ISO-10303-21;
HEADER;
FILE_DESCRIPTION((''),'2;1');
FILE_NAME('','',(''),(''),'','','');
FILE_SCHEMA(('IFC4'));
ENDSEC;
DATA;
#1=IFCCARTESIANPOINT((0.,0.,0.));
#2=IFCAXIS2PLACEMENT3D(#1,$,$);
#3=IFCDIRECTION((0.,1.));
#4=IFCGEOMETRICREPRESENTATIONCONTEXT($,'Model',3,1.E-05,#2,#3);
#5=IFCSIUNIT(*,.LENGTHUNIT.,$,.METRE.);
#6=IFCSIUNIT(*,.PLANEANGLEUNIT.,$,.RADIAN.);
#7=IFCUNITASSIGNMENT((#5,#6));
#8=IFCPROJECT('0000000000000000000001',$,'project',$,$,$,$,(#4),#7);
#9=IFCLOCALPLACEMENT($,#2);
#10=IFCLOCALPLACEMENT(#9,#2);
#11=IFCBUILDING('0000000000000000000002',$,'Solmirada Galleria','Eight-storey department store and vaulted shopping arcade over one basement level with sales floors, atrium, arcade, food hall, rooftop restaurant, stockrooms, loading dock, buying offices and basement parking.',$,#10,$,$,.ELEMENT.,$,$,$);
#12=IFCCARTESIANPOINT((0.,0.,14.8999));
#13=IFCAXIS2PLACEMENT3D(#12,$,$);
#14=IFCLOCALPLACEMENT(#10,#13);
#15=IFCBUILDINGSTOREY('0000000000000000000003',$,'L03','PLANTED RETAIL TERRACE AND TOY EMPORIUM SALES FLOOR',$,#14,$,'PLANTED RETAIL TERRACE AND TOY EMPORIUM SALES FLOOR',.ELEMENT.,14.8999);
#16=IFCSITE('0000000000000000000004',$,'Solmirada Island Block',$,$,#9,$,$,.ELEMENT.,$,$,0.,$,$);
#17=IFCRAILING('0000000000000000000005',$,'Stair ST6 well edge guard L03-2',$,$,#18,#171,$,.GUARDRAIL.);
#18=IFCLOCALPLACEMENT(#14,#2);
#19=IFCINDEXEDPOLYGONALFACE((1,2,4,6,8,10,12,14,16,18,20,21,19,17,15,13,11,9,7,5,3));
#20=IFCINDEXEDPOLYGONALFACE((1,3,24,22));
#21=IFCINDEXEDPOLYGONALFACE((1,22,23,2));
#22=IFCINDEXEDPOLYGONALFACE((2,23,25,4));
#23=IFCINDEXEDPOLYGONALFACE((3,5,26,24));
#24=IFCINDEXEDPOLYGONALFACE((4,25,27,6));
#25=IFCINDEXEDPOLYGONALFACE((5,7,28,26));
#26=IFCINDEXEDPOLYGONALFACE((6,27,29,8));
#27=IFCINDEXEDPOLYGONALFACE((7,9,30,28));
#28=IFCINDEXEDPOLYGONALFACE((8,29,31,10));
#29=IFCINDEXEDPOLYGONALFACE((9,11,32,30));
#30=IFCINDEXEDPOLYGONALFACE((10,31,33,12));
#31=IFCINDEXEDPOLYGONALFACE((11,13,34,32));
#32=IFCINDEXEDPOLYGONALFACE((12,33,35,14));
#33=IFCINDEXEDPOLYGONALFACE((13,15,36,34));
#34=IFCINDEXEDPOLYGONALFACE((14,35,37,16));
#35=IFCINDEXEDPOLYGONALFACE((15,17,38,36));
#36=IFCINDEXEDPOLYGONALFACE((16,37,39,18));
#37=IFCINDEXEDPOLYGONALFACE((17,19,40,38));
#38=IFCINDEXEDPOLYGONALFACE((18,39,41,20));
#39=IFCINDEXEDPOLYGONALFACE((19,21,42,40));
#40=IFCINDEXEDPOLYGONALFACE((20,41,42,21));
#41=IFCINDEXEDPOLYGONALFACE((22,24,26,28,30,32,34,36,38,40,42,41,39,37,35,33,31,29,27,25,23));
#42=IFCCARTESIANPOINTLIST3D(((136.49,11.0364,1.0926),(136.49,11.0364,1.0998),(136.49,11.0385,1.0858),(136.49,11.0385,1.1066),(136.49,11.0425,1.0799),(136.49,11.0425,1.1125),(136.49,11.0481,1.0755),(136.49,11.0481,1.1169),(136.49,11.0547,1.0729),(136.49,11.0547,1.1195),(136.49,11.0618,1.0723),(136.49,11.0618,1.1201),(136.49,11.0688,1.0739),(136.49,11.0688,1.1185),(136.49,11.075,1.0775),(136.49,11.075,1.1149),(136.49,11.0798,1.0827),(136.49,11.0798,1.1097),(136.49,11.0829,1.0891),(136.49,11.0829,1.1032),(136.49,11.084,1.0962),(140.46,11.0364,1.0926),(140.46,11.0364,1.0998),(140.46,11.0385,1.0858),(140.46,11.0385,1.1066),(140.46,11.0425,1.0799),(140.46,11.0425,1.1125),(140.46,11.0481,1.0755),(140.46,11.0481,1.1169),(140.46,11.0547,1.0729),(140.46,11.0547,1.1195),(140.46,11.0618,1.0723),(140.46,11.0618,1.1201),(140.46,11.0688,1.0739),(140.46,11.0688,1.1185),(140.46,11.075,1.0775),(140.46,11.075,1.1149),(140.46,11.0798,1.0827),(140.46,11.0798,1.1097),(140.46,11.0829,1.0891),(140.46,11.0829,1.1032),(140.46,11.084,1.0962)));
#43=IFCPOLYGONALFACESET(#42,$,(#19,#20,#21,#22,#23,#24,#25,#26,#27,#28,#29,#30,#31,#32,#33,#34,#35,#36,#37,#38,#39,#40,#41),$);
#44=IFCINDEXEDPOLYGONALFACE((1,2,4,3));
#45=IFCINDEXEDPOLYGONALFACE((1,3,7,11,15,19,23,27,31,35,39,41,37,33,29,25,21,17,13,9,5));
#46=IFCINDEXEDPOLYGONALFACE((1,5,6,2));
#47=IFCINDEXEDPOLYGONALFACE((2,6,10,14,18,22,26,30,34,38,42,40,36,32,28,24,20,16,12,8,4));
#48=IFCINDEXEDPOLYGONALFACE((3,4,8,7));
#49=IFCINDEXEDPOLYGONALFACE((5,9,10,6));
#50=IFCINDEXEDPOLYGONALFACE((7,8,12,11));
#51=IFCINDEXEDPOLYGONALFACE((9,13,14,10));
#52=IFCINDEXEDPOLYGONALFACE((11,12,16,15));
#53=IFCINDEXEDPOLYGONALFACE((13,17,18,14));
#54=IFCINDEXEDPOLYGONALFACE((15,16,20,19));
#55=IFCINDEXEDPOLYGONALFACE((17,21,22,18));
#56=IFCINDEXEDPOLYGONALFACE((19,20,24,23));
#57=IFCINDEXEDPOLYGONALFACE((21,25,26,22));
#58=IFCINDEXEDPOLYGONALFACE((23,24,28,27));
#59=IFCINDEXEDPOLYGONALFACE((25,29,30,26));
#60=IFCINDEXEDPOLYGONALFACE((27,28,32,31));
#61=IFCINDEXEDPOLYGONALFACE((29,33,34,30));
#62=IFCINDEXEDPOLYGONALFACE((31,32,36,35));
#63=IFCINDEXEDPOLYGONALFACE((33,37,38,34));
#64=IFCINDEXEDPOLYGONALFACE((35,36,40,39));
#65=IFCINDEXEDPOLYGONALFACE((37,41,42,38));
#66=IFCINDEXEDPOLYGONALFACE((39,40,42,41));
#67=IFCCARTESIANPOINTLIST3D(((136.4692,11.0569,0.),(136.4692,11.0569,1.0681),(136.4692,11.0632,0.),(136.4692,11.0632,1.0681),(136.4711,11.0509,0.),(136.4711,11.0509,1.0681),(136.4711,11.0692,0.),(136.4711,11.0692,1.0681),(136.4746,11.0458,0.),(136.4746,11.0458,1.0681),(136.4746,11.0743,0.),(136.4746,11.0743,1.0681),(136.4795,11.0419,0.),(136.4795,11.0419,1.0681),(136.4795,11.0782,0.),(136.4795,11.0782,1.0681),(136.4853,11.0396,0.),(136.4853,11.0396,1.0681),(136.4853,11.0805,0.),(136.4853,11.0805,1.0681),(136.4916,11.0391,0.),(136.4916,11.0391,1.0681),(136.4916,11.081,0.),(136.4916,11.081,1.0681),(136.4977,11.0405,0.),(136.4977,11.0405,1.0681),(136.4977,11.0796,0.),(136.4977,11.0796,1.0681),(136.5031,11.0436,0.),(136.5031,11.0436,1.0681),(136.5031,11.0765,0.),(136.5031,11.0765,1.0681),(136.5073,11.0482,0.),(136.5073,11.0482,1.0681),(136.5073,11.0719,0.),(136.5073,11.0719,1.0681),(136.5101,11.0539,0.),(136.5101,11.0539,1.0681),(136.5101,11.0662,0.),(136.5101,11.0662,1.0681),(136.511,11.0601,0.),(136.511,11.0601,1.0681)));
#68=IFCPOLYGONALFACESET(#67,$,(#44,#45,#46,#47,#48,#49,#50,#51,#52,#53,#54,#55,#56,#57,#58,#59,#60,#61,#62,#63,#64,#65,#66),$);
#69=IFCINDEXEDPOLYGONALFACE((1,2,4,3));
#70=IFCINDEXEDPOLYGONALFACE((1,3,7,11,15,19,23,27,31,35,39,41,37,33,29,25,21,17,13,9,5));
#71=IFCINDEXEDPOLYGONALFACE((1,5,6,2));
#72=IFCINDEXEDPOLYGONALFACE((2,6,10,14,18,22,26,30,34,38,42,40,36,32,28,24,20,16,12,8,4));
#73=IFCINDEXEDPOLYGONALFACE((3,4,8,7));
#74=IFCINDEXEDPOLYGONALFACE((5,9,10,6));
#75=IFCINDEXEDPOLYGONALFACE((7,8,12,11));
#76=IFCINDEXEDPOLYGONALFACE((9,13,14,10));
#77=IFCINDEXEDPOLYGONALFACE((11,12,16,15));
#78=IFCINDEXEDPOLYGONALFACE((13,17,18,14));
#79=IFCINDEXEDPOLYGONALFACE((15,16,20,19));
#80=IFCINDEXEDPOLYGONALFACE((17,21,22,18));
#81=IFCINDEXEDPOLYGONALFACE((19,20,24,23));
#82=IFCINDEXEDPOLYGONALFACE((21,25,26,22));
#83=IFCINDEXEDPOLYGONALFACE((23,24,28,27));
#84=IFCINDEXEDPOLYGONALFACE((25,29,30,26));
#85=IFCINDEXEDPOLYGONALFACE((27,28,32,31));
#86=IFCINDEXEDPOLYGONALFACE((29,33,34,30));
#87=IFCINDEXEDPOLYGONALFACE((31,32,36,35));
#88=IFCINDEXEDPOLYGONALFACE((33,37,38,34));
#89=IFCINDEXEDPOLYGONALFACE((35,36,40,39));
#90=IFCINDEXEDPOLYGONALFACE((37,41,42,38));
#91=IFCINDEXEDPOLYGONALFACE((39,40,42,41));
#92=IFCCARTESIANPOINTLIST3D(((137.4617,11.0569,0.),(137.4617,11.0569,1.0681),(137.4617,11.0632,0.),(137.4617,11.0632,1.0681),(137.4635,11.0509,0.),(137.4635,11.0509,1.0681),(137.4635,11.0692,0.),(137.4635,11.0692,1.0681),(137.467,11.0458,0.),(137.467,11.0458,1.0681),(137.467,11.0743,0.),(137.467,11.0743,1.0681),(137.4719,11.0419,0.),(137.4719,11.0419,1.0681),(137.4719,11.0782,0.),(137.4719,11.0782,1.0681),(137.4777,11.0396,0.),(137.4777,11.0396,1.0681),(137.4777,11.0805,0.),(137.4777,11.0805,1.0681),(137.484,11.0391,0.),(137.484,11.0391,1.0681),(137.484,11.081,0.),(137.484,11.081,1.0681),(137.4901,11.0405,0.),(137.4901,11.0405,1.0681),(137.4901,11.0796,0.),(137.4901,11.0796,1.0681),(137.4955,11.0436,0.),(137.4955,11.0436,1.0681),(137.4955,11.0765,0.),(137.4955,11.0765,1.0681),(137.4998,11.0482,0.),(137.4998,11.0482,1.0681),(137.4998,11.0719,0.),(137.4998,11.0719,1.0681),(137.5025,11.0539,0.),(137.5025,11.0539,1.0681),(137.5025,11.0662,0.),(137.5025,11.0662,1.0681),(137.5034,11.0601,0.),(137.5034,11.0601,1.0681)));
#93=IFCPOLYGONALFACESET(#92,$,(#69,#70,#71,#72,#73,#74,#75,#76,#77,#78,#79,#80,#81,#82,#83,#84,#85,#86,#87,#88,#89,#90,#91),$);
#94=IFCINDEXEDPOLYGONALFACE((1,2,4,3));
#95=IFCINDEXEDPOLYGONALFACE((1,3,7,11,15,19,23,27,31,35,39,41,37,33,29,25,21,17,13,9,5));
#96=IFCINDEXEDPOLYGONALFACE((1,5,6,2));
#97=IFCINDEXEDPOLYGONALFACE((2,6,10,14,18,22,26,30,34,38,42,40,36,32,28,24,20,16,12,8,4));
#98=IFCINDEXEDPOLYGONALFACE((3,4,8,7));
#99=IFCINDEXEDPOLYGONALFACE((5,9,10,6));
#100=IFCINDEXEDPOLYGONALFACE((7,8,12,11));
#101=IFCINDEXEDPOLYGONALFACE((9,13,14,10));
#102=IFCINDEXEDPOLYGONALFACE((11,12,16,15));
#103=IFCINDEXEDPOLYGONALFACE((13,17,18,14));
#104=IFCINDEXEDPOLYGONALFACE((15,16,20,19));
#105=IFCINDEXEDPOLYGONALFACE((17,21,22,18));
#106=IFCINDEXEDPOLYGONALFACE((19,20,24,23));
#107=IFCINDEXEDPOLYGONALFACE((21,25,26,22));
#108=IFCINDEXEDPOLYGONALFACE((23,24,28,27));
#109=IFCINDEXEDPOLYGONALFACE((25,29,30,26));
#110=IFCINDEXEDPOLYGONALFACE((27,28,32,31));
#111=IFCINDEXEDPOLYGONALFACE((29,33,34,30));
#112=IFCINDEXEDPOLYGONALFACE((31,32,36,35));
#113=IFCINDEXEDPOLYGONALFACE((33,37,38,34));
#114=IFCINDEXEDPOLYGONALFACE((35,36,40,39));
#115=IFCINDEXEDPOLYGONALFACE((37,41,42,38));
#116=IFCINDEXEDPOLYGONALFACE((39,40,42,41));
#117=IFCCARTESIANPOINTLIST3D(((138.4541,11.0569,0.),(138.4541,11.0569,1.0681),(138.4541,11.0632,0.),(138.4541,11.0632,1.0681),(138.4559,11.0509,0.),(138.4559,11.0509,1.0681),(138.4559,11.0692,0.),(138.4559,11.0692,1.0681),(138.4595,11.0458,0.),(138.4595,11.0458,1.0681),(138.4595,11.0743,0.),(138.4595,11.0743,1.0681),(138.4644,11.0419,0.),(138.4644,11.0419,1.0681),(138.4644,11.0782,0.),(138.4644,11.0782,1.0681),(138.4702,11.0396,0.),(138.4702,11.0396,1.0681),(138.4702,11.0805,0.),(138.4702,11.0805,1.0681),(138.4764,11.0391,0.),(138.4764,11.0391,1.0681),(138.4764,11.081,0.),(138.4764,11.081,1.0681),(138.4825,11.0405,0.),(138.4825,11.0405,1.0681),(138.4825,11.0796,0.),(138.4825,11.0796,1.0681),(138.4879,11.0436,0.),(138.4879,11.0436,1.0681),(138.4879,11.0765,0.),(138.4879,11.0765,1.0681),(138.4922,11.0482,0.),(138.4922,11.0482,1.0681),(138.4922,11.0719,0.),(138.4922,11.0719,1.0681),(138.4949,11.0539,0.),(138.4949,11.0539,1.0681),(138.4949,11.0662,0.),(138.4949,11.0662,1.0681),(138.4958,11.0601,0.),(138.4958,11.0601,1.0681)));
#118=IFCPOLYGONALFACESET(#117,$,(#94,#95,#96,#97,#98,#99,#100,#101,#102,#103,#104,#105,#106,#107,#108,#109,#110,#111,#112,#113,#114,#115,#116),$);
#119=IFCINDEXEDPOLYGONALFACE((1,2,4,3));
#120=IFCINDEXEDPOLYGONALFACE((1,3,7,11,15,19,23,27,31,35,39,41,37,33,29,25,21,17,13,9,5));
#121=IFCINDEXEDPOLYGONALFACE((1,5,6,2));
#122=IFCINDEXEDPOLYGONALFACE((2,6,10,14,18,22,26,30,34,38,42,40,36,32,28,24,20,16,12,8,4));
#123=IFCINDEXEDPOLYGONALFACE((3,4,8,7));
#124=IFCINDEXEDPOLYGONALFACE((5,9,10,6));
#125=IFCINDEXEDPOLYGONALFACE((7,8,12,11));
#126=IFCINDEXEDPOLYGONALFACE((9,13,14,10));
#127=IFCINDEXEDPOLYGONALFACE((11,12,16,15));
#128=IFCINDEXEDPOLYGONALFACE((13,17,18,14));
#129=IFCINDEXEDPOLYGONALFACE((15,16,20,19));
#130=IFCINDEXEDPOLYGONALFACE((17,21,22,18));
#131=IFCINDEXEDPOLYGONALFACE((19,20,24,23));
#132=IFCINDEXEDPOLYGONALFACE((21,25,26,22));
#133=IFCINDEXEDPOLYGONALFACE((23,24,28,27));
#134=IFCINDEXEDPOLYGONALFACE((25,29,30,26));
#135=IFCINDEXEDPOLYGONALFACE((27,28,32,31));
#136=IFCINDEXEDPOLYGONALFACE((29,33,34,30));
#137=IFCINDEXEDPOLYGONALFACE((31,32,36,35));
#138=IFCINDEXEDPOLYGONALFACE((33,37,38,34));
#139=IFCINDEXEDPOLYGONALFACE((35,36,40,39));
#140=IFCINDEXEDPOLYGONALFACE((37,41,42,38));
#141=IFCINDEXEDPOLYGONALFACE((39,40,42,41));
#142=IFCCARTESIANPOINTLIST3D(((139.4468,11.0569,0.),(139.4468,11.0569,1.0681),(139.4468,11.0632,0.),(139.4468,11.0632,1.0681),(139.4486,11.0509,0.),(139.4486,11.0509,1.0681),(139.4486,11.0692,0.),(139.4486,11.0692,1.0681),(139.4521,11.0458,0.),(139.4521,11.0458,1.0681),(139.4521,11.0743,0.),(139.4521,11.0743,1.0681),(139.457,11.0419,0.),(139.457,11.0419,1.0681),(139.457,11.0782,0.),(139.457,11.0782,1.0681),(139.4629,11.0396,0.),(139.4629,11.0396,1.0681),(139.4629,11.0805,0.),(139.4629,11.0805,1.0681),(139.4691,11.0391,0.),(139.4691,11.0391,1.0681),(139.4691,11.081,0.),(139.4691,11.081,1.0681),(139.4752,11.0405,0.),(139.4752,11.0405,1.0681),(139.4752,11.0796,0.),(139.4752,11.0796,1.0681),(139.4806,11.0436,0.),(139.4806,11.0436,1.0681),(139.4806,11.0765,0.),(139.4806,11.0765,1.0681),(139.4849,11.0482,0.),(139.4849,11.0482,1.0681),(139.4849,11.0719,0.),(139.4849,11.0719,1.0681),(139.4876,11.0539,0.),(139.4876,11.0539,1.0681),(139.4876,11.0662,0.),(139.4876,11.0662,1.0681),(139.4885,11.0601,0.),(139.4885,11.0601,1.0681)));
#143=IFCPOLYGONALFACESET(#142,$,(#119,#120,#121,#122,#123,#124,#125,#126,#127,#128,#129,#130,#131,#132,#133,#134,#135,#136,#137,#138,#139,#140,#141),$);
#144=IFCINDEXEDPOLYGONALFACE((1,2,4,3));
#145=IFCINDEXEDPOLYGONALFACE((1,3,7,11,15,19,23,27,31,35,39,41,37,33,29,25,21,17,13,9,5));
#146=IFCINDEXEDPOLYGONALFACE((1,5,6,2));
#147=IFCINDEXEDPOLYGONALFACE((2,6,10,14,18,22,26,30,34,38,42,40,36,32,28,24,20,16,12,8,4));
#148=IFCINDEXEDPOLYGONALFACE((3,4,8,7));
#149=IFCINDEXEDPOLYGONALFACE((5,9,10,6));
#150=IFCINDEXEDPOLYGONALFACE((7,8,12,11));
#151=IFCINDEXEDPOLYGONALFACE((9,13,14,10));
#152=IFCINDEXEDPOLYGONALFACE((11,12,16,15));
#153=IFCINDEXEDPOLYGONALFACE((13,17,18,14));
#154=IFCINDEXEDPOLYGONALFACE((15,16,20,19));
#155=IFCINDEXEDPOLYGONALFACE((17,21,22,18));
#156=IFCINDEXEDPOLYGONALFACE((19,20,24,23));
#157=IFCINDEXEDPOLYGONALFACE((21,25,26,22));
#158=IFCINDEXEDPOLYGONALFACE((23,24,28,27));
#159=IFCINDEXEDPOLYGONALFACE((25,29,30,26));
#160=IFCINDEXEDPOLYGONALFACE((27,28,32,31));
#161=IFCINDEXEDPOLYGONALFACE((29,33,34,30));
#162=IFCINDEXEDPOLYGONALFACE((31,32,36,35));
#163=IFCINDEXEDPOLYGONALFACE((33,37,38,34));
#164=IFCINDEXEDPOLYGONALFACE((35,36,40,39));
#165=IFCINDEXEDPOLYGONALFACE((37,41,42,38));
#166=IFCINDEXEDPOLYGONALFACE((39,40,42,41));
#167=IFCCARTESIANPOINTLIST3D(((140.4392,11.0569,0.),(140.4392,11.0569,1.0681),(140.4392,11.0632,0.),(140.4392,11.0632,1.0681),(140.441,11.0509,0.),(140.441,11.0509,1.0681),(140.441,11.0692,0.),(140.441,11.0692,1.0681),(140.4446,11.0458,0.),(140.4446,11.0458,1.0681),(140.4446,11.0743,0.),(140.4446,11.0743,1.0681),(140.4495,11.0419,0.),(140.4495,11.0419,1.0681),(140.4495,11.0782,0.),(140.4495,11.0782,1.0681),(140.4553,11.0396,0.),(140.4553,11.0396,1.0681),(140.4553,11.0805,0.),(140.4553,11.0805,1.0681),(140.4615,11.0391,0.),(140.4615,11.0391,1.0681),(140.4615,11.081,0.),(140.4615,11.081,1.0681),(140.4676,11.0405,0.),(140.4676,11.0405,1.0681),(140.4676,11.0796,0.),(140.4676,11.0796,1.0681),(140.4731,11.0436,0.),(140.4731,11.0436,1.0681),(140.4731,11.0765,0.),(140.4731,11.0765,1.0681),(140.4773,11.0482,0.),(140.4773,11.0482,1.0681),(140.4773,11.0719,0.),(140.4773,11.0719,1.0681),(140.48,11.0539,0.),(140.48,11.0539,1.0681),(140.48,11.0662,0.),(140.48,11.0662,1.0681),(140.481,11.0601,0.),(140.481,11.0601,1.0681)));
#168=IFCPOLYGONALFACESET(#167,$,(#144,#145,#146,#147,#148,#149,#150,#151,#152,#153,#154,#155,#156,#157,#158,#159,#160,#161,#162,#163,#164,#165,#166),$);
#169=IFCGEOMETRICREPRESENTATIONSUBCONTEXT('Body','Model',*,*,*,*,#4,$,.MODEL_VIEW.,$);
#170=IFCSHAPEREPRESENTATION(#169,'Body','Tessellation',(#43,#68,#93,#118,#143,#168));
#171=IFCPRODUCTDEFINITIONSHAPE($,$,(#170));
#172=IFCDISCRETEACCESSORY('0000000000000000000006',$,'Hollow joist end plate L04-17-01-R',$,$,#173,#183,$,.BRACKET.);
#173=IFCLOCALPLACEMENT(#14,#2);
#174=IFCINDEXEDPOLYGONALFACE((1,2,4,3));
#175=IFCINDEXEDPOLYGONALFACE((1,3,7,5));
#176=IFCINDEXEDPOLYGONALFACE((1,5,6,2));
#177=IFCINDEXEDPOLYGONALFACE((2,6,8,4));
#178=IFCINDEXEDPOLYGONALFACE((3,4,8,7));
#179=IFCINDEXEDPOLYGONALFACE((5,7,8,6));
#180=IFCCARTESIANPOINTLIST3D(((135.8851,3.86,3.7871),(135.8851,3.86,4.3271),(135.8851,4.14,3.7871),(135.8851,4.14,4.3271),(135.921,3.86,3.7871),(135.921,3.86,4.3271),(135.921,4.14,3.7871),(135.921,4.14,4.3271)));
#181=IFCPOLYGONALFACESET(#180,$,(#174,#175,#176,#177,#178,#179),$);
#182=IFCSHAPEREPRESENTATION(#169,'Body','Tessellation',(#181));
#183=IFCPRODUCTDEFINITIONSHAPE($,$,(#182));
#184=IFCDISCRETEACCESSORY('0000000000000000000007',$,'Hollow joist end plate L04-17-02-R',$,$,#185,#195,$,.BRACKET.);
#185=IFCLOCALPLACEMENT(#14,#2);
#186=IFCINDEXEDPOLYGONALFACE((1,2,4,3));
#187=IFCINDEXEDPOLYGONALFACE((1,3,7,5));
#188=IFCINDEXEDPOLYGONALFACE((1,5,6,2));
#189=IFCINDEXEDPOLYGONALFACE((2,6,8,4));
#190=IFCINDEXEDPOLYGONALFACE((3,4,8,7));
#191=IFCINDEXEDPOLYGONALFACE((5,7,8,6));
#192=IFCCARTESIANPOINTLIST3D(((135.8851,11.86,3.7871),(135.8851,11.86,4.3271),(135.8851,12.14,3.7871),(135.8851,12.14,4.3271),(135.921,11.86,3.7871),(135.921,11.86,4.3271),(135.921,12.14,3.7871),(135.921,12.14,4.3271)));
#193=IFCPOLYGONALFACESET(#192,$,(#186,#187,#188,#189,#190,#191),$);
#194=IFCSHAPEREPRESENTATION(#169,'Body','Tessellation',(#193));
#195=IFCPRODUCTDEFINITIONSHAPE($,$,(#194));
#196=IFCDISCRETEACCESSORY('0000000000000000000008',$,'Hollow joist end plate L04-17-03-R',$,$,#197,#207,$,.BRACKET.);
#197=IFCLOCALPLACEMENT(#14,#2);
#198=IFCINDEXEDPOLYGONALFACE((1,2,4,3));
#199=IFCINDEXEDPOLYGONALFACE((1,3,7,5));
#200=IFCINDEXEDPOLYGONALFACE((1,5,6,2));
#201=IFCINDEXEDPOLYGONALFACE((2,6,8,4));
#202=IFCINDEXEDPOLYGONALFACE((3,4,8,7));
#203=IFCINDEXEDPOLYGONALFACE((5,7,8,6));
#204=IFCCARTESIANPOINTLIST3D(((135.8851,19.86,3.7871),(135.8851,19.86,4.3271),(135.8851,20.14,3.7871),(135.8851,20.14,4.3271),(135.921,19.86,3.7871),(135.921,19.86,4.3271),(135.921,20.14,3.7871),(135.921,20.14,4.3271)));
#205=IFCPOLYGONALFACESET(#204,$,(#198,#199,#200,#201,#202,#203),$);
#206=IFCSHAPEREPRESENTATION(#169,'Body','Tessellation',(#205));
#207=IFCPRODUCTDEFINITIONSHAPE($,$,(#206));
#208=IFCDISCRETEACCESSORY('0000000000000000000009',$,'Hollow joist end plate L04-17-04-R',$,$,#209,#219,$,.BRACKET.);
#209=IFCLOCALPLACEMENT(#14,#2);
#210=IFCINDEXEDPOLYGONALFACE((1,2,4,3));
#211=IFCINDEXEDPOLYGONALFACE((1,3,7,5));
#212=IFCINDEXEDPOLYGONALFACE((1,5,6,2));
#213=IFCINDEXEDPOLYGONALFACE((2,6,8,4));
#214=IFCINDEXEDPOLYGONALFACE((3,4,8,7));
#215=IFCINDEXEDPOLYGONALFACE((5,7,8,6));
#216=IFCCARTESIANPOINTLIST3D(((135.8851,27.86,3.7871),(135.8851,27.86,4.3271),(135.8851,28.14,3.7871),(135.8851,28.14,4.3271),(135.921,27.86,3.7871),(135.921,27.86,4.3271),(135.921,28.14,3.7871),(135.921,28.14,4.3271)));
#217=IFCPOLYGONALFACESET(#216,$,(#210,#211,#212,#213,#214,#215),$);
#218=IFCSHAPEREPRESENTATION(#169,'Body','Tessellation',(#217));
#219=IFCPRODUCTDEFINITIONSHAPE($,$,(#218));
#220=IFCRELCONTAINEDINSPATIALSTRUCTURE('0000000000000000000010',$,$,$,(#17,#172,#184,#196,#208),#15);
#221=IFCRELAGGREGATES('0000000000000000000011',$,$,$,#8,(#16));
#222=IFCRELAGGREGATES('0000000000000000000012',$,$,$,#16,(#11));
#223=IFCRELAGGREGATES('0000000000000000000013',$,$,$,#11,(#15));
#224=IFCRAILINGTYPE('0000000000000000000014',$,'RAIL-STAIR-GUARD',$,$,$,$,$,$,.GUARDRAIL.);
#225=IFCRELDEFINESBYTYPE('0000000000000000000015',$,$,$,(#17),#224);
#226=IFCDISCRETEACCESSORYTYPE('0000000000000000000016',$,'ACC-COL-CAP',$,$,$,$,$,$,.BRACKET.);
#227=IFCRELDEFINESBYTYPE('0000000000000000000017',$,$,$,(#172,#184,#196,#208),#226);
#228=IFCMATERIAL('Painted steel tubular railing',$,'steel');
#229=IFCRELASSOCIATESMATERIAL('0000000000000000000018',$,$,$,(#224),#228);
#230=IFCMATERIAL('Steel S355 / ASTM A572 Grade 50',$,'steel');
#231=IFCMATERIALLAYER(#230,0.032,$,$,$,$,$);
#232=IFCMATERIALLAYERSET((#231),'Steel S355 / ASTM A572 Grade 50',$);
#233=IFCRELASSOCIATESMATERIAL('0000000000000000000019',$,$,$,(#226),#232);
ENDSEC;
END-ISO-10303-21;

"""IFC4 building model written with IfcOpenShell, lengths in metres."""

from ifc_helpers import new_model, si_unit, direction, frame, origin, origin_2d, place, context, subcontext, project, spatial, rectangle, circle, extrude, material, layer, layer_set, type_object, element, save


model = new_model("IFC4")

# Units and contexts
model_context = context("Model", 3, precision=1e-05, world=origin(), true_north=direction((0.0, 1.0)))
body_context = subcontext(model_context, "Body", "Model", "MODEL_VIEW")
ifc_project = project(units=[si_unit("LENGTHUNIT", "METRE"), si_unit("PLANEANGLEUNIT", "RADIAN")], contexts=[model_context])

# Site, building, storey
site_placement = place(None, origin())
site = spatial("IfcSite", under=ifc_project, at=site_placement, Name="Solmirada Island Block", CompositionType="ELEMENT", RefElevation=0.0)
building_placement = place(site_placement, origin())
building = spatial("IfcBuilding", under=site, at=building_placement, Name="Solmirada Galleria", Description="Eight-storey department store and vaulted shopping arcade over one basement level with sales floors, atrium, arcade, food hall, rooftop restaurant, stockrooms, loading dock, buying offices and basement parking.", CompositionType="ELEMENT")
storey_placement = place(building_placement, frame((0.0, 0.0, 14.8999)))
storey = spatial("IfcBuildingStorey", under=building, at=storey_placement, Name="L03", Description="PLANTED RETAIL TERRACE AND TOY EMPORIUM SALES FLOOR", LongName="PLANTED RETAIL TERRACE AND TOY EMPORIUM SALES FLOOR", CompositionType="ELEMENT", Elevation=14.8999)

# Railing
ifc_material_1 = material(Name="Painted steel tubular railing", Category="steel")
railing_type = type_object("IfcRailingType", Name="RAIL-STAIR-GUARD", PredefinedType="GUARDRAIL", material=ifc_material_1)
railing_1_placement = place(storey_placement, frame((136.49, 11.0601, 0.0)))
element("IfcRailing", 1, at=railing_1_placement, inside=storey, type_object=railing_type, Name="Stair ST6 well edge guard L03-2", PredefinedType="GUARDRAIL", context=body_context, shape_type="SweptSolid", body=[
    extrude(circle(Radius=0.0239, at=origin_2d()), frame((0.0, 0.0, 1.0962), z_axis=(1.0, 0.0, 0.0), x_axis=(0.0, 1.0, 0.0)), (0.0, 0.0, 1.0), 3.97),
    extrude(circle(Radius=0.021, at=origin_2d()), origin(), (0.0, 0.0, 1.0), 1.0681),
    extrude(circle(Radius=0.021, at=origin_2d()), frame((0.9924, 0.0, 0.0)), (0.0, 0.0, 1.0), 1.0681),
    extrude(circle(Radius=0.021, at=origin_2d()), frame((1.9849, 0.0, 0.0)), (0.0, 0.0, 1.0), 1.0681),
    extrude(circle(Radius=0.021, at=origin_2d()), frame((2.9775, 0.0, 0.0)), (0.0, 0.0, 1.0), 1.0681),
    extrude(circle(Radius=0.021, at=origin_2d()), frame((3.97, 0.0, 0.0)), (0.0, 0.0, 1.0), 1.0681),
])

# Discrete accessories
ifc_material_2 = material(Name="Steel S355 / ASTM A572 Grade 50", Category="steel")
ifc_layer_1 = layer(ifc_material_2, 0.032)
ifc_layer_set_1 = layer_set([ifc_layer_1], Name="Steel S355 / ASTM A572 Grade 50")
discrete_accessory_type = type_object("IfcDiscreteAccessoryType", Name="ACC-COL-CAP", PredefinedType="BRACKET", material=ifc_layer_set_1)
for number, where, z_axis, x_axis, name in (
    (2, (135.9031, 4.0, 3.7871), (0.0, 0.0, 1.0), (1.0, 0.0, 0.0), "Hollow joist end plate L04-17-01-R"),
    (3, (135.9031, 12.0, 3.7871), (0.0, 0.0, 1.0), (1.0, 0.0, 0.0), "Hollow joist end plate L04-17-02-R"),
    (4, (135.9031, 20.0, 3.7871), (0.0, 0.0, 1.0), (1.0, 0.0, 0.0), "Hollow joist end plate L04-17-03-R"),
    (5, (135.9031, 28.0, 3.7871), (0.0, 0.0, 1.0), (1.0, 0.0, 0.0), "Hollow joist end plate L04-17-04-R"),
):
    element("IfcDiscreteAccessory", number, at=place(storey_placement, frame(where, z_axis=z_axis, x_axis=x_axis)), inside=storey, type_object=discrete_accessory_type, Name=name, PredefinedType="BRACKET", context=body_context, shape_type="SweptSolid", body=[
        extrude(rectangle(XDim=0.0359, YDim=0.28, at=origin_2d()), origin(), (0.0, 0.0, 1.0), 0.54),
    ])

save(model, "model.ifc")
